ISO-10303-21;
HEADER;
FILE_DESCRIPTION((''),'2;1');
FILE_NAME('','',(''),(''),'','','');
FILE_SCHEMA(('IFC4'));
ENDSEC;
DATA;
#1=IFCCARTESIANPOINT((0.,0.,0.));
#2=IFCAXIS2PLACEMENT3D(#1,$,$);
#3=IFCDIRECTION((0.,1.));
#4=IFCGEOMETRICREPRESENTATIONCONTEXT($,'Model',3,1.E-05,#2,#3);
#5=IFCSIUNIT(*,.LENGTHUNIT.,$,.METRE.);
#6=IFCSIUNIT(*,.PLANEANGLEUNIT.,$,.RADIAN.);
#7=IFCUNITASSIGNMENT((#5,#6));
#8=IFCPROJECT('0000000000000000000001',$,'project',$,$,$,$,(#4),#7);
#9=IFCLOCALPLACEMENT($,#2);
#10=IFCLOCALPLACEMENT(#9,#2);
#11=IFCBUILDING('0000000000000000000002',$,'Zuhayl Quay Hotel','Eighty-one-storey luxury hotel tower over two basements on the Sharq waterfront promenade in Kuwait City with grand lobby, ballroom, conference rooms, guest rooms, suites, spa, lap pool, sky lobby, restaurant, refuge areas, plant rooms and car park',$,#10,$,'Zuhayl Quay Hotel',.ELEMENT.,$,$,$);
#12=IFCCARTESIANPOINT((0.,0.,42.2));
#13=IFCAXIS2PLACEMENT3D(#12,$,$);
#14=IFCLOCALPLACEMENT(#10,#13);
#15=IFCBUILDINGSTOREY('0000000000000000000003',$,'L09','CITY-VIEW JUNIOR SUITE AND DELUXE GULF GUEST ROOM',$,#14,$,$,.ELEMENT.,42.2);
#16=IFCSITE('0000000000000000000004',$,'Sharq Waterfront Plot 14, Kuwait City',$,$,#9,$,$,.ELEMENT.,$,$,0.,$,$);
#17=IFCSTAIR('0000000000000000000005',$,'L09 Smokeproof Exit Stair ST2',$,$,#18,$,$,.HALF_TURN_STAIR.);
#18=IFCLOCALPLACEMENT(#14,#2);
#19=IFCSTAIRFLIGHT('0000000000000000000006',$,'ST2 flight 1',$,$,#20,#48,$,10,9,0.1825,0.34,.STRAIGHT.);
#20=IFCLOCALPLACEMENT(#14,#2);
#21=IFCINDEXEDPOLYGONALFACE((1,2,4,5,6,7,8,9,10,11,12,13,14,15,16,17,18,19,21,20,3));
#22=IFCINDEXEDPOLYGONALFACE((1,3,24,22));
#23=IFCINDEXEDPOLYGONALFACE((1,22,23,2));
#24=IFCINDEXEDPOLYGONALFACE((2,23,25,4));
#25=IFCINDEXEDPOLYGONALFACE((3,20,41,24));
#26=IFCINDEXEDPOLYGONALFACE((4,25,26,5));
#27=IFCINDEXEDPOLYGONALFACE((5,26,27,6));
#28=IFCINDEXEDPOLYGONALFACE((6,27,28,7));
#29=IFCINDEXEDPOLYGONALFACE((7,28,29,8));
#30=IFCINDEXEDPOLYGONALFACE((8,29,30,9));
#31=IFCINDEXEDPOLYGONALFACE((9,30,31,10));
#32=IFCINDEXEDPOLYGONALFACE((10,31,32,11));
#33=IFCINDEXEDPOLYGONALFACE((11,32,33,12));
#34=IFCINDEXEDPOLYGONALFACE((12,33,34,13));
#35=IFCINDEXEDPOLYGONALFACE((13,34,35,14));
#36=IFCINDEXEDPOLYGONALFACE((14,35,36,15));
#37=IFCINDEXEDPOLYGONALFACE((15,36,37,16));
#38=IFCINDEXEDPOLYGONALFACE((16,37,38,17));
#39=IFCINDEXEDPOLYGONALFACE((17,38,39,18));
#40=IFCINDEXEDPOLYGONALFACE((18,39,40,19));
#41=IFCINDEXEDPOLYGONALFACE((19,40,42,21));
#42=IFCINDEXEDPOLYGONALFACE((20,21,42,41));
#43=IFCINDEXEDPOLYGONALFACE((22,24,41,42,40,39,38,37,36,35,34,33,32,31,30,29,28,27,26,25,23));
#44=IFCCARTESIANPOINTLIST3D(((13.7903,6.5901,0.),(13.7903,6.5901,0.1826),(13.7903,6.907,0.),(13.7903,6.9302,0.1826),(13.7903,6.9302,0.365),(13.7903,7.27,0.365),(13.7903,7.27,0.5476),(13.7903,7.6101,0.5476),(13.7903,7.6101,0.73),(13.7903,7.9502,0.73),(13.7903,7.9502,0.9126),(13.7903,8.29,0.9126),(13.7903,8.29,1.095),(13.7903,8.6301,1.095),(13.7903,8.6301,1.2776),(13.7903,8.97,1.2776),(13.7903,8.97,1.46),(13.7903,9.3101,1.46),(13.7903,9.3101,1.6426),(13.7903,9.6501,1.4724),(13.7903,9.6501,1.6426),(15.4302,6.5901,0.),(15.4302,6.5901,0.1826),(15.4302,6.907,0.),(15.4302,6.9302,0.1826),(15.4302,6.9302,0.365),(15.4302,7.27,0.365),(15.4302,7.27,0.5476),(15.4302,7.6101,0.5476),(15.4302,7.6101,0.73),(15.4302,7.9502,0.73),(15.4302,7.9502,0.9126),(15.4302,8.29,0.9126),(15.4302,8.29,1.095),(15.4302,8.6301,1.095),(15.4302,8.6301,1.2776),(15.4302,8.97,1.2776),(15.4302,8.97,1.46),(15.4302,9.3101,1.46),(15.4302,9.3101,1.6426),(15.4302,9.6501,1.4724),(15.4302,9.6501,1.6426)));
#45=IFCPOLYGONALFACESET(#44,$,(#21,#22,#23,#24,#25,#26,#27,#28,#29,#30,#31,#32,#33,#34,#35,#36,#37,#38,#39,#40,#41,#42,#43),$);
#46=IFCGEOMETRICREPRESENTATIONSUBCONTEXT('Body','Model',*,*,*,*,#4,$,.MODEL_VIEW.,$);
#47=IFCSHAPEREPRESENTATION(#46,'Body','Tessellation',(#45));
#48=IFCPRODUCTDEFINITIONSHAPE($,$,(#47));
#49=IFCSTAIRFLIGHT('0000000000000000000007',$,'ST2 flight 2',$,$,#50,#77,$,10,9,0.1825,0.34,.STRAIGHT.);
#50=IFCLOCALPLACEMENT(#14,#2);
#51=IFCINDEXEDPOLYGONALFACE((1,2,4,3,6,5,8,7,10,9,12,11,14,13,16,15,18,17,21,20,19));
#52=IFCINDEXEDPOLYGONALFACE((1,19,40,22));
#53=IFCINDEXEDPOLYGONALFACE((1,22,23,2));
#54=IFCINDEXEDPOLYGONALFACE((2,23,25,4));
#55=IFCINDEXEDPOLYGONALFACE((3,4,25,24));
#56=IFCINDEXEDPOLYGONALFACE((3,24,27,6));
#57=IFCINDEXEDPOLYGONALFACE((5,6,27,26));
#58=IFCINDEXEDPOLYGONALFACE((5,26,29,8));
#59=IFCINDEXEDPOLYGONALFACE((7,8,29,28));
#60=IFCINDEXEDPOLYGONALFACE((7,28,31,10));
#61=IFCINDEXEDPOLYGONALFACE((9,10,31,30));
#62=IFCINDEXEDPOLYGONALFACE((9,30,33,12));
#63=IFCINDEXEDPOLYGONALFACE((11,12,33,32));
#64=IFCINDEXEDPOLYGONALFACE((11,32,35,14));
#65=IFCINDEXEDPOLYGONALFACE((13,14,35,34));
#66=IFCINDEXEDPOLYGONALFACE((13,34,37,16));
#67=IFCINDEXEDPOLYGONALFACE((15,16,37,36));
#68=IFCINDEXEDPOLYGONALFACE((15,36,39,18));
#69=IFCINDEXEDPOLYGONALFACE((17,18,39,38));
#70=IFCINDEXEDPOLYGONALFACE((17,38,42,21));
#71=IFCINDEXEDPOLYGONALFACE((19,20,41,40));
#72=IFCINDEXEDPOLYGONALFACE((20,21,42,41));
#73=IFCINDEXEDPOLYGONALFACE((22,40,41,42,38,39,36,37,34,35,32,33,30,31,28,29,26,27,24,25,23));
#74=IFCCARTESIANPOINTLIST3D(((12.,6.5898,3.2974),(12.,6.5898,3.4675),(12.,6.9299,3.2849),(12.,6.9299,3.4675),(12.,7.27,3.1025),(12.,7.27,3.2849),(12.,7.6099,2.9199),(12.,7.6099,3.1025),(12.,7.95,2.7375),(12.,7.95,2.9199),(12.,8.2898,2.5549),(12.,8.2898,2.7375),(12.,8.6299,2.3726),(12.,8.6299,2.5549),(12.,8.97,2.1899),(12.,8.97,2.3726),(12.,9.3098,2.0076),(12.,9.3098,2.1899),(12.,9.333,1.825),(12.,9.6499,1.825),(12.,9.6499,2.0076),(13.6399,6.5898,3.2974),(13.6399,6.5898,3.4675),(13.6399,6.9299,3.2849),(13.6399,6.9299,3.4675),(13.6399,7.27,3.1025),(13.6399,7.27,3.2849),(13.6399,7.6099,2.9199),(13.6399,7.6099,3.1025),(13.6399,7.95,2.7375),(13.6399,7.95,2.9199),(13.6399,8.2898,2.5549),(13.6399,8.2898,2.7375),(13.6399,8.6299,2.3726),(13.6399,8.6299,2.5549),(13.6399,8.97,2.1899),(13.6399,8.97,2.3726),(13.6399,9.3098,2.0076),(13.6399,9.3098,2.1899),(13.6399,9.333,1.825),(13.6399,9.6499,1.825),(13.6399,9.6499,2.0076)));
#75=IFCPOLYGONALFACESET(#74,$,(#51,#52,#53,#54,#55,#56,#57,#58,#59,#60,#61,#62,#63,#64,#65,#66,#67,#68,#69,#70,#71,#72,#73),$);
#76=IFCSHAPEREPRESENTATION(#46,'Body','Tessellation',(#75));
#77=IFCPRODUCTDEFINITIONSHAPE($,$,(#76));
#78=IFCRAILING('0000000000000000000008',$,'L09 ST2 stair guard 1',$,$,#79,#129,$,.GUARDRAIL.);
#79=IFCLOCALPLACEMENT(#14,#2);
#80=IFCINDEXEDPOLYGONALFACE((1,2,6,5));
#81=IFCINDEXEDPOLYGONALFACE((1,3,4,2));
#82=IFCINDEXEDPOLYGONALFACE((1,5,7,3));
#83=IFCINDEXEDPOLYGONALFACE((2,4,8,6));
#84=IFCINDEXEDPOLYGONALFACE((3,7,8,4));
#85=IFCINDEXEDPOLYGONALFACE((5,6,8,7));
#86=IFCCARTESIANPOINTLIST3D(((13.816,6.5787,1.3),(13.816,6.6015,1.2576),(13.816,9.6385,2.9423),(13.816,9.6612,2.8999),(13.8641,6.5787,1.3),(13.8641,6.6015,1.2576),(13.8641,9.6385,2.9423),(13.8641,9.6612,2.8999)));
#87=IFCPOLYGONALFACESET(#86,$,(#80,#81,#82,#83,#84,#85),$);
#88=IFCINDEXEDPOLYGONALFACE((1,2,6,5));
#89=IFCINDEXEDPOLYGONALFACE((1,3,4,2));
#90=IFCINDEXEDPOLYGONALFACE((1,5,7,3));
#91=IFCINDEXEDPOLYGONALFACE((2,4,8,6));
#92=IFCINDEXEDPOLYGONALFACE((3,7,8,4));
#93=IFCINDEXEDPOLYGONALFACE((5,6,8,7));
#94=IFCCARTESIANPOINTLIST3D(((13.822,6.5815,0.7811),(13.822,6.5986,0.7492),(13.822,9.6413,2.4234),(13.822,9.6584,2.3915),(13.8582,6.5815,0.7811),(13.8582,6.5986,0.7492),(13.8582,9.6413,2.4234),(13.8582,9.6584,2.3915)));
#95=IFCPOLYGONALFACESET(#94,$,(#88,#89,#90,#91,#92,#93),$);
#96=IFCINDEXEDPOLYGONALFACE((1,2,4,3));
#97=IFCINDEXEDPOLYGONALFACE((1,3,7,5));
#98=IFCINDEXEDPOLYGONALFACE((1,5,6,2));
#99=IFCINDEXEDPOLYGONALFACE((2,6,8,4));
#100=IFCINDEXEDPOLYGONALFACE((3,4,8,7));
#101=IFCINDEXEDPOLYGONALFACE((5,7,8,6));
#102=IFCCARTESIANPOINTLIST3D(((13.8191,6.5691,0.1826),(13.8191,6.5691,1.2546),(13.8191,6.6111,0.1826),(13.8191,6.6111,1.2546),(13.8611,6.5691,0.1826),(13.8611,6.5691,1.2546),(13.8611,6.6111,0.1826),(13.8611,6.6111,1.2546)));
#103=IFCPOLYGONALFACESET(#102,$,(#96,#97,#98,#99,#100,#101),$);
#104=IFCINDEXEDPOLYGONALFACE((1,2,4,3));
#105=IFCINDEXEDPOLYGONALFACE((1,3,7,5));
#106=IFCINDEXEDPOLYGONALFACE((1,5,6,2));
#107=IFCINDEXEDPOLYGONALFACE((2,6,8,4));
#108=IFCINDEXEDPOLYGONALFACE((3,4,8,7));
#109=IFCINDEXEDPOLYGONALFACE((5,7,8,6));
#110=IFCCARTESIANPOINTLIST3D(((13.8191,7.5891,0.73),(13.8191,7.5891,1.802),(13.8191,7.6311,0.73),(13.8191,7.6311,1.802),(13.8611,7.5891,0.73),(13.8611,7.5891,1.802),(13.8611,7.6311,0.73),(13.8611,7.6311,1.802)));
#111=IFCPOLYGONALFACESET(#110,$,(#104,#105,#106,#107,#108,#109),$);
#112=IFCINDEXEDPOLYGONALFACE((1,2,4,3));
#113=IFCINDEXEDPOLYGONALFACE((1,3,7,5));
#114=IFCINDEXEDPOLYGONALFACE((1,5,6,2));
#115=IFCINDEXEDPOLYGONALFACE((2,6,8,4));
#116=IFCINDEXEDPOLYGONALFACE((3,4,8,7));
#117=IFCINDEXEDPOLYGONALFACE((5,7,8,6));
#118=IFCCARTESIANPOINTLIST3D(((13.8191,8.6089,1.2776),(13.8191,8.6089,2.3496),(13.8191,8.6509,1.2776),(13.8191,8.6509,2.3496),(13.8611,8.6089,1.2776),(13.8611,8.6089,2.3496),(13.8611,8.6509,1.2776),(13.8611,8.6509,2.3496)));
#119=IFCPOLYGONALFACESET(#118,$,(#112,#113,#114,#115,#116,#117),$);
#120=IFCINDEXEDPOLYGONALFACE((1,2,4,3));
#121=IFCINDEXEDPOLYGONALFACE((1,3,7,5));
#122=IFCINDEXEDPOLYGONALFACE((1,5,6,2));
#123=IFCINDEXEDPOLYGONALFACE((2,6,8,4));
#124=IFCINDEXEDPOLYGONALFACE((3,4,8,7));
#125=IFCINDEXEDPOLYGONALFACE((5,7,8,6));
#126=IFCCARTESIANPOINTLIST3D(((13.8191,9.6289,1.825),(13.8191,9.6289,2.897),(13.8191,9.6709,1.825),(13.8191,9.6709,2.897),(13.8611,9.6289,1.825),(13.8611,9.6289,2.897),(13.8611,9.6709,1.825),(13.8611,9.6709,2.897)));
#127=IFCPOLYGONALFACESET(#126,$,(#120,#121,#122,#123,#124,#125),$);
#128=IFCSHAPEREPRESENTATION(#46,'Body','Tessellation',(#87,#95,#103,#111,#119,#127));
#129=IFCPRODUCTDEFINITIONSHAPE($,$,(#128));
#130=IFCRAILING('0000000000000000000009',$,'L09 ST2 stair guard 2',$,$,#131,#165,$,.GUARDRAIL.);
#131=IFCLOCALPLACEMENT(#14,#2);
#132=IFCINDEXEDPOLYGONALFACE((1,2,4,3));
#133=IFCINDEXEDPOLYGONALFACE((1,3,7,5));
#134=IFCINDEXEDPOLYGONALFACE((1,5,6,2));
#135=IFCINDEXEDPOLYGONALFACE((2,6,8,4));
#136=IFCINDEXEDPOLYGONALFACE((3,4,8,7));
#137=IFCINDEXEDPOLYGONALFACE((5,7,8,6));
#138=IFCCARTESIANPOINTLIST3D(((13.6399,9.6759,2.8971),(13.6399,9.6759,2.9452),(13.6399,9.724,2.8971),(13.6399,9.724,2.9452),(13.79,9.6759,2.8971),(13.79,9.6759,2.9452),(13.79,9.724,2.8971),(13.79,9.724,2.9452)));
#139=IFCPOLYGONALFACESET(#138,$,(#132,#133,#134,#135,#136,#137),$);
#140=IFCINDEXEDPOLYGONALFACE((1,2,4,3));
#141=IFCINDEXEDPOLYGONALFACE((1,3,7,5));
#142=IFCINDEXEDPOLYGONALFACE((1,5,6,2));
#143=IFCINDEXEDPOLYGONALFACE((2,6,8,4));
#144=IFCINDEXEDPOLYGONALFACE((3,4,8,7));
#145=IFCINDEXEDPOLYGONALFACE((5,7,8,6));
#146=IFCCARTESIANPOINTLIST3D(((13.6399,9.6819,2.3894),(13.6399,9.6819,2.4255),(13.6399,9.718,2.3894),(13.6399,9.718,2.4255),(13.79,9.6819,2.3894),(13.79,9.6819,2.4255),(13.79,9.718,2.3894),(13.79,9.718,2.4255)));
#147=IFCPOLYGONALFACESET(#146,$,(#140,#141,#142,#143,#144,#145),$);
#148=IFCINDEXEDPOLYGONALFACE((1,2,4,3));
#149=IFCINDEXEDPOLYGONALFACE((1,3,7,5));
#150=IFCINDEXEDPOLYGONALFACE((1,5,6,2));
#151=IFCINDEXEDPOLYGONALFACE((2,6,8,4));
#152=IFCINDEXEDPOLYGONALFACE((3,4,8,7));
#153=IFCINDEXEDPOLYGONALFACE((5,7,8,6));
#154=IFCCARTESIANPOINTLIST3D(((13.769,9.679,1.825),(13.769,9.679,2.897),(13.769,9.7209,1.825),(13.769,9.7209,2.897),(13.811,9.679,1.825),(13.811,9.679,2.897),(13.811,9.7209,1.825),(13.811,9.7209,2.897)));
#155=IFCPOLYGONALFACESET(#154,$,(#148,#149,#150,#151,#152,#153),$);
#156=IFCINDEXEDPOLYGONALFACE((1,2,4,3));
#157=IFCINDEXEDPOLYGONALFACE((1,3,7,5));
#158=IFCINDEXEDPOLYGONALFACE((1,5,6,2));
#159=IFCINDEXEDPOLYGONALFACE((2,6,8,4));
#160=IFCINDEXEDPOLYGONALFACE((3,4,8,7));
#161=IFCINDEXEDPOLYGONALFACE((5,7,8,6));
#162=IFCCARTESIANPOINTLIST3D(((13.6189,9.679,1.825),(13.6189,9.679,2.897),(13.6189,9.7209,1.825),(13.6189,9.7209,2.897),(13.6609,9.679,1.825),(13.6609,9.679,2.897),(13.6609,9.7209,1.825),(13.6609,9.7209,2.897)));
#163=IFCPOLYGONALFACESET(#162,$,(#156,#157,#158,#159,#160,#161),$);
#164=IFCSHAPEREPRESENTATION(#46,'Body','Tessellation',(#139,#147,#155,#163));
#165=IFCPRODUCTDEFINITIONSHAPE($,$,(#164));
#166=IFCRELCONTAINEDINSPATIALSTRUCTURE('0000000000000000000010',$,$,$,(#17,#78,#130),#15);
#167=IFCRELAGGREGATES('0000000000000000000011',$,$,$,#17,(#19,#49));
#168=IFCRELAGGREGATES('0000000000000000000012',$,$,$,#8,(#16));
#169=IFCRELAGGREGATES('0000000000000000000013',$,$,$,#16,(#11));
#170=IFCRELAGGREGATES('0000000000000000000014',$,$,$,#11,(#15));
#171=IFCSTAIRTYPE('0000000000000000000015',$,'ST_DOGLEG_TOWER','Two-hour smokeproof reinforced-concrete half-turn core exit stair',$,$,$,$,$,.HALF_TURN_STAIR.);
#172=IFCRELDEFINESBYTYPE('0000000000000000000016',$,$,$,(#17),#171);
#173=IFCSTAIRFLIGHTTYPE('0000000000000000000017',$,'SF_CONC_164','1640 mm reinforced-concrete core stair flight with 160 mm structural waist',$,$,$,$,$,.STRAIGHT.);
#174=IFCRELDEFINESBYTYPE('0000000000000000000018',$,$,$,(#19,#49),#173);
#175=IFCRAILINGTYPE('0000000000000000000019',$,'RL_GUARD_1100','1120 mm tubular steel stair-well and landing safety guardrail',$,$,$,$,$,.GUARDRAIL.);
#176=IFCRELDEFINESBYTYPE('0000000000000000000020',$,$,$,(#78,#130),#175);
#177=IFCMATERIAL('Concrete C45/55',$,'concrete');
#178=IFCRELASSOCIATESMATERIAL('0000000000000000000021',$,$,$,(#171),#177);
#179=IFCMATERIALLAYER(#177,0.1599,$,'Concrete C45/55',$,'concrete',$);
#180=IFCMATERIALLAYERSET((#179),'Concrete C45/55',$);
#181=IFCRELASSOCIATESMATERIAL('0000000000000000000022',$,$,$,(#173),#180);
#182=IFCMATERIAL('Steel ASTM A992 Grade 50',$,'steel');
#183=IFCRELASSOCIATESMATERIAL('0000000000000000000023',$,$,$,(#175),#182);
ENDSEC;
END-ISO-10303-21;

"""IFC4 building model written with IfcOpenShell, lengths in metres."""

from ifc_helpers import new_model, si_unit, direction, frame, origin, origin_2d, place, context, subcontext, project, spatial, polyline, rectangle, outline, extrude, material, layer, layer_set, type_object, element, aggregate, save


model = new_model("IFC4")

# Units and contexts
model_context = context("Model", 3, precision=1e-05, world=origin(), true_north=direction((0.0, 1.0)))
body_context = subcontext(model_context, "Body", "Model", "MODEL_VIEW")
ifc_project = project(units=[si_unit("LENGTHUNIT", "METRE"), si_unit("PLANEANGLEUNIT", "RADIAN")], contexts=[model_context])

# Site, building, storey
site_placement = place(None, origin())
site = spatial("IfcSite", under=ifc_project, at=site_placement, Name="Sharq Waterfront Plot 14, Kuwait City", CompositionType="ELEMENT", RefElevation=0.0)
building_placement = place(site_placement, origin())
building = spatial("IfcBuilding", under=site, at=building_placement, Name="Zuhayl Quay Hotel", Description="Eighty-one-storey luxury hotel tower over two basements on the Sharq waterfront promenade in Kuwait City with grand lobby, ballroom, conference rooms, guest rooms, suites, spa, lap pool, sky lobby, restaurant, refuge areas, plant rooms and car park", LongName="Zuhayl Quay Hotel", CompositionType="ELEMENT")
storey_placement = place(building_placement, frame((0.0, 0.0, 42.2)))
storey = spatial("IfcBuildingStorey", under=building, at=storey_placement, Name="L09", Description="CITY-VIEW JUNIOR SUITE AND DELUXE GULF GUEST ROOM", CompositionType="ELEMENT", Elevation=42.2)

# Shared definitions
ifc_material_1 = material(Name="Steel ASTM A992 Grade 50", Category="steel")

# Stair, stair flights
ifc_material_2 = material(Name="Concrete C45/55", Category="concrete")
stair_type = type_object("IfcStairType", Name="ST_DOGLEG_TOWER", Description="Two-hour smokeproof reinforced-concrete half-turn core exit stair", PredefinedType="HALF_TURN_STAIR", material=ifc_material_2)
stair_placement = place(storey_placement, origin())
stair = element("IfcStair", 1, at=stair_placement, inside=storey, type_object=stair_type, Name="L09 Smokeproof Exit Stair ST2", PredefinedType="HALF_TURN_STAIR")
ifc_layer_1 = layer(ifc_material_2, 0.1599, Name="Concrete C45/55", Category="concrete")
ifc_layer_set_1 = layer_set([ifc_layer_1], Name="Concrete C45/55")
stair_flight_type = type_object("IfcStairFlightType", Name="SF_CONC_164", Description="1640 mm reinforced-concrete core stair flight with 160 mm structural waist", PredefinedType="STRAIGHT", material=ifc_layer_set_1)
stair_flight_1_placement = place(storey_placement, frame((14.6101, 6.5901, 0.0), z_axis=(0.0, 0.0, 1.0), x_axis=(0.0, 1.0, 0.0)))
stair_flight_1 = element("IfcStairFlight", 2, at=stair_flight_1_placement, type_object=stair_flight_type, Name="ST2 flight 1", NumberOfRisers=10, NumberOfTreads=9, PredefinedType="STRAIGHT", RiserHeight=0.1825, TreadLength=0.34, context=body_context, shape_type="SweptSolid", body=[
    extrude(outline(polyline([(0.0, 0.0), (0.0, 0.1826), (0.3401, 0.1826), (0.3401, 0.365), (0.6799, 0.365), (0.6799, 0.5476), (1.02, 0.5476), (1.02, 0.73), (1.3601, 0.73), (1.3601, 0.9126), (1.7, 0.9126), (1.7, 1.095), (2.04, 1.095), (2.04, 1.2776), (2.3799, 1.2776), (2.3799, 1.46), (2.72, 1.46), (2.72, 1.6426), (3.0601, 1.6426), (3.0601, 1.825), (3.0601, 1.4724), (0.3169, 0.0), (0.0, 0.0)])), frame((0.0, 0.8198, 0.0), z_axis=(0.0, -1.0, 0.0), x_axis=(1.0, 0.0, 0.0)), (0.0, 0.0, 1.0), 1.6399),
])
stair_flight_2_placement = place(storey_placement, frame((12.8201, 9.6499, 1.825), z_axis=(0.0, 0.0, 1.0), x_axis=(0.0, -1.0, 0.0)))
stair_flight_2 = element("IfcStairFlight", 3, at=stair_flight_2_placement, type_object=stair_flight_type, Name="ST2 flight 2", NumberOfRisers=10, NumberOfTreads=9, PredefinedType="STRAIGHT", RiserHeight=0.1825, TreadLength=0.34, context=body_context, shape_type="SweptSolid", body=[
    extrude(outline(polyline([(0.0, 0.0), (0.0, 0.1826), (0.3401, 0.1826), (0.3401, 0.365), (0.6799, 0.365), (0.6799, 0.5476), (1.02, 0.5476), (1.02, 0.73), (1.3601, 0.73), (1.3601, 0.9126), (1.7, 0.9126), (1.7, 1.095), (2.04, 1.095), (2.04, 1.2776), (2.3799, 1.2776), (2.3799, 1.46), (2.72, 1.46), (2.72, 1.6426), (3.0601, 1.6426), (3.0601, 1.825), (3.0601, 1.4724), (0.3169, 0.0), (0.0, 0.0)])), frame((0.0, 0.8198, 0.0), z_axis=(0.0, -1.0, 0.0), x_axis=(1.0, 0.0, 0.0)), (0.0, 0.0, 1.0), 1.6399),
])
aggregate(stair, [stair_flight_1, stair_flight_2])

# Railings
railing_type_1 = type_object("IfcRailingType", Name="RL_GUARD_1100", Description="1120 mm tubular steel stair-well and landing safety guardrail", PredefinedType="GUARDRAIL", material=ifc_material_1)
railing_1_placement = place(storey_placement, frame((13.8401, 6.5901, 0.1826)))
element("IfcRailing", 4, at=railing_1_placement, inside=storey, type_object=railing_type_1, Name="L09 ST2 stair guard 1", PredefinedType="GUARDRAIL", context=body_context, shape_type="SweptSolid", body=[
    extrude(rectangle(XDim=0.0481, YDim=0.0481, at=origin_2d()), frame((0.0, 0.0, 1.0962), z_axis=(0.0, 0.881102, 0.472926), x_axis=(-1.0, 0.0, 0.0)), (0.0, 0.0, 1.0), 3.4727),
    extrude(rectangle(XDim=0.0361, YDim=0.0361, at=origin_2d()), frame((0.0, 0.0, 0.5825), z_axis=(0.0, 0.881102, 0.472926), x_axis=(-1.0, 0.0, 0.0)), (0.0, 0.0, 1.0), 3.4727),
    extrude(rectangle(XDim=0.042, YDim=0.042, at=origin_2d()), origin(), (0.0, 0.0, 1.0), 1.072),
    extrude(rectangle(XDim=0.042, YDim=0.042, at=origin_2d()), frame((0.0, 1.02, 0.5474)), (0.0, 0.0, 1.0), 1.072),
    extrude(rectangle(XDim=0.042, YDim=0.042, at=origin_2d()), frame((0.0, 2.0398, 1.095)), (0.0, 0.0, 1.0), 1.072),
    extrude(rectangle(XDim=0.042, YDim=0.042, at=origin_2d()), frame((0.0, 3.0598, 1.6423)), (0.0, 0.0, 1.0), 1.072),
])
railing_2_placement = place(storey_placement, frame((13.79, 9.7, 1.825)))
element("IfcRailing", 5, at=railing_2_placement, inside=storey, type_object=railing_type_1, Name="L09 ST2 stair guard 2", PredefinedType="GUARDRAIL", context=body_context, shape_type="SweptSolid", body=[
    extrude(rectangle(XDim=0.0481, YDim=0.0481, at=origin_2d()), frame((0.0, 0.0, 1.0962), z_axis=(-1.0, 0.0, 0.0), x_axis=(0.0, -1.0, 0.0)), (0.0, 0.0, 1.0), 0.1501),
    extrude(rectangle(XDim=0.0361, YDim=0.0361, at=origin_2d()), frame((0.0, 0.0, 0.5825), z_axis=(-1.0, 0.0, 0.0), x_axis=(0.0, -1.0, 0.0)), (0.0, 0.0, 1.0), 0.1501),
    extrude(rectangle(XDim=0.042, YDim=0.042, at=origin_2d()), origin(), (0.0, 0.0, 1.0), 1.072),
    extrude(rectangle(XDim=0.042, YDim=0.042, at=origin_2d()), frame((-0.1501, 0.0, 0.0)), (0.0, 0.0, 1.0), 1.072),
])

save(model, "model.ifc")
